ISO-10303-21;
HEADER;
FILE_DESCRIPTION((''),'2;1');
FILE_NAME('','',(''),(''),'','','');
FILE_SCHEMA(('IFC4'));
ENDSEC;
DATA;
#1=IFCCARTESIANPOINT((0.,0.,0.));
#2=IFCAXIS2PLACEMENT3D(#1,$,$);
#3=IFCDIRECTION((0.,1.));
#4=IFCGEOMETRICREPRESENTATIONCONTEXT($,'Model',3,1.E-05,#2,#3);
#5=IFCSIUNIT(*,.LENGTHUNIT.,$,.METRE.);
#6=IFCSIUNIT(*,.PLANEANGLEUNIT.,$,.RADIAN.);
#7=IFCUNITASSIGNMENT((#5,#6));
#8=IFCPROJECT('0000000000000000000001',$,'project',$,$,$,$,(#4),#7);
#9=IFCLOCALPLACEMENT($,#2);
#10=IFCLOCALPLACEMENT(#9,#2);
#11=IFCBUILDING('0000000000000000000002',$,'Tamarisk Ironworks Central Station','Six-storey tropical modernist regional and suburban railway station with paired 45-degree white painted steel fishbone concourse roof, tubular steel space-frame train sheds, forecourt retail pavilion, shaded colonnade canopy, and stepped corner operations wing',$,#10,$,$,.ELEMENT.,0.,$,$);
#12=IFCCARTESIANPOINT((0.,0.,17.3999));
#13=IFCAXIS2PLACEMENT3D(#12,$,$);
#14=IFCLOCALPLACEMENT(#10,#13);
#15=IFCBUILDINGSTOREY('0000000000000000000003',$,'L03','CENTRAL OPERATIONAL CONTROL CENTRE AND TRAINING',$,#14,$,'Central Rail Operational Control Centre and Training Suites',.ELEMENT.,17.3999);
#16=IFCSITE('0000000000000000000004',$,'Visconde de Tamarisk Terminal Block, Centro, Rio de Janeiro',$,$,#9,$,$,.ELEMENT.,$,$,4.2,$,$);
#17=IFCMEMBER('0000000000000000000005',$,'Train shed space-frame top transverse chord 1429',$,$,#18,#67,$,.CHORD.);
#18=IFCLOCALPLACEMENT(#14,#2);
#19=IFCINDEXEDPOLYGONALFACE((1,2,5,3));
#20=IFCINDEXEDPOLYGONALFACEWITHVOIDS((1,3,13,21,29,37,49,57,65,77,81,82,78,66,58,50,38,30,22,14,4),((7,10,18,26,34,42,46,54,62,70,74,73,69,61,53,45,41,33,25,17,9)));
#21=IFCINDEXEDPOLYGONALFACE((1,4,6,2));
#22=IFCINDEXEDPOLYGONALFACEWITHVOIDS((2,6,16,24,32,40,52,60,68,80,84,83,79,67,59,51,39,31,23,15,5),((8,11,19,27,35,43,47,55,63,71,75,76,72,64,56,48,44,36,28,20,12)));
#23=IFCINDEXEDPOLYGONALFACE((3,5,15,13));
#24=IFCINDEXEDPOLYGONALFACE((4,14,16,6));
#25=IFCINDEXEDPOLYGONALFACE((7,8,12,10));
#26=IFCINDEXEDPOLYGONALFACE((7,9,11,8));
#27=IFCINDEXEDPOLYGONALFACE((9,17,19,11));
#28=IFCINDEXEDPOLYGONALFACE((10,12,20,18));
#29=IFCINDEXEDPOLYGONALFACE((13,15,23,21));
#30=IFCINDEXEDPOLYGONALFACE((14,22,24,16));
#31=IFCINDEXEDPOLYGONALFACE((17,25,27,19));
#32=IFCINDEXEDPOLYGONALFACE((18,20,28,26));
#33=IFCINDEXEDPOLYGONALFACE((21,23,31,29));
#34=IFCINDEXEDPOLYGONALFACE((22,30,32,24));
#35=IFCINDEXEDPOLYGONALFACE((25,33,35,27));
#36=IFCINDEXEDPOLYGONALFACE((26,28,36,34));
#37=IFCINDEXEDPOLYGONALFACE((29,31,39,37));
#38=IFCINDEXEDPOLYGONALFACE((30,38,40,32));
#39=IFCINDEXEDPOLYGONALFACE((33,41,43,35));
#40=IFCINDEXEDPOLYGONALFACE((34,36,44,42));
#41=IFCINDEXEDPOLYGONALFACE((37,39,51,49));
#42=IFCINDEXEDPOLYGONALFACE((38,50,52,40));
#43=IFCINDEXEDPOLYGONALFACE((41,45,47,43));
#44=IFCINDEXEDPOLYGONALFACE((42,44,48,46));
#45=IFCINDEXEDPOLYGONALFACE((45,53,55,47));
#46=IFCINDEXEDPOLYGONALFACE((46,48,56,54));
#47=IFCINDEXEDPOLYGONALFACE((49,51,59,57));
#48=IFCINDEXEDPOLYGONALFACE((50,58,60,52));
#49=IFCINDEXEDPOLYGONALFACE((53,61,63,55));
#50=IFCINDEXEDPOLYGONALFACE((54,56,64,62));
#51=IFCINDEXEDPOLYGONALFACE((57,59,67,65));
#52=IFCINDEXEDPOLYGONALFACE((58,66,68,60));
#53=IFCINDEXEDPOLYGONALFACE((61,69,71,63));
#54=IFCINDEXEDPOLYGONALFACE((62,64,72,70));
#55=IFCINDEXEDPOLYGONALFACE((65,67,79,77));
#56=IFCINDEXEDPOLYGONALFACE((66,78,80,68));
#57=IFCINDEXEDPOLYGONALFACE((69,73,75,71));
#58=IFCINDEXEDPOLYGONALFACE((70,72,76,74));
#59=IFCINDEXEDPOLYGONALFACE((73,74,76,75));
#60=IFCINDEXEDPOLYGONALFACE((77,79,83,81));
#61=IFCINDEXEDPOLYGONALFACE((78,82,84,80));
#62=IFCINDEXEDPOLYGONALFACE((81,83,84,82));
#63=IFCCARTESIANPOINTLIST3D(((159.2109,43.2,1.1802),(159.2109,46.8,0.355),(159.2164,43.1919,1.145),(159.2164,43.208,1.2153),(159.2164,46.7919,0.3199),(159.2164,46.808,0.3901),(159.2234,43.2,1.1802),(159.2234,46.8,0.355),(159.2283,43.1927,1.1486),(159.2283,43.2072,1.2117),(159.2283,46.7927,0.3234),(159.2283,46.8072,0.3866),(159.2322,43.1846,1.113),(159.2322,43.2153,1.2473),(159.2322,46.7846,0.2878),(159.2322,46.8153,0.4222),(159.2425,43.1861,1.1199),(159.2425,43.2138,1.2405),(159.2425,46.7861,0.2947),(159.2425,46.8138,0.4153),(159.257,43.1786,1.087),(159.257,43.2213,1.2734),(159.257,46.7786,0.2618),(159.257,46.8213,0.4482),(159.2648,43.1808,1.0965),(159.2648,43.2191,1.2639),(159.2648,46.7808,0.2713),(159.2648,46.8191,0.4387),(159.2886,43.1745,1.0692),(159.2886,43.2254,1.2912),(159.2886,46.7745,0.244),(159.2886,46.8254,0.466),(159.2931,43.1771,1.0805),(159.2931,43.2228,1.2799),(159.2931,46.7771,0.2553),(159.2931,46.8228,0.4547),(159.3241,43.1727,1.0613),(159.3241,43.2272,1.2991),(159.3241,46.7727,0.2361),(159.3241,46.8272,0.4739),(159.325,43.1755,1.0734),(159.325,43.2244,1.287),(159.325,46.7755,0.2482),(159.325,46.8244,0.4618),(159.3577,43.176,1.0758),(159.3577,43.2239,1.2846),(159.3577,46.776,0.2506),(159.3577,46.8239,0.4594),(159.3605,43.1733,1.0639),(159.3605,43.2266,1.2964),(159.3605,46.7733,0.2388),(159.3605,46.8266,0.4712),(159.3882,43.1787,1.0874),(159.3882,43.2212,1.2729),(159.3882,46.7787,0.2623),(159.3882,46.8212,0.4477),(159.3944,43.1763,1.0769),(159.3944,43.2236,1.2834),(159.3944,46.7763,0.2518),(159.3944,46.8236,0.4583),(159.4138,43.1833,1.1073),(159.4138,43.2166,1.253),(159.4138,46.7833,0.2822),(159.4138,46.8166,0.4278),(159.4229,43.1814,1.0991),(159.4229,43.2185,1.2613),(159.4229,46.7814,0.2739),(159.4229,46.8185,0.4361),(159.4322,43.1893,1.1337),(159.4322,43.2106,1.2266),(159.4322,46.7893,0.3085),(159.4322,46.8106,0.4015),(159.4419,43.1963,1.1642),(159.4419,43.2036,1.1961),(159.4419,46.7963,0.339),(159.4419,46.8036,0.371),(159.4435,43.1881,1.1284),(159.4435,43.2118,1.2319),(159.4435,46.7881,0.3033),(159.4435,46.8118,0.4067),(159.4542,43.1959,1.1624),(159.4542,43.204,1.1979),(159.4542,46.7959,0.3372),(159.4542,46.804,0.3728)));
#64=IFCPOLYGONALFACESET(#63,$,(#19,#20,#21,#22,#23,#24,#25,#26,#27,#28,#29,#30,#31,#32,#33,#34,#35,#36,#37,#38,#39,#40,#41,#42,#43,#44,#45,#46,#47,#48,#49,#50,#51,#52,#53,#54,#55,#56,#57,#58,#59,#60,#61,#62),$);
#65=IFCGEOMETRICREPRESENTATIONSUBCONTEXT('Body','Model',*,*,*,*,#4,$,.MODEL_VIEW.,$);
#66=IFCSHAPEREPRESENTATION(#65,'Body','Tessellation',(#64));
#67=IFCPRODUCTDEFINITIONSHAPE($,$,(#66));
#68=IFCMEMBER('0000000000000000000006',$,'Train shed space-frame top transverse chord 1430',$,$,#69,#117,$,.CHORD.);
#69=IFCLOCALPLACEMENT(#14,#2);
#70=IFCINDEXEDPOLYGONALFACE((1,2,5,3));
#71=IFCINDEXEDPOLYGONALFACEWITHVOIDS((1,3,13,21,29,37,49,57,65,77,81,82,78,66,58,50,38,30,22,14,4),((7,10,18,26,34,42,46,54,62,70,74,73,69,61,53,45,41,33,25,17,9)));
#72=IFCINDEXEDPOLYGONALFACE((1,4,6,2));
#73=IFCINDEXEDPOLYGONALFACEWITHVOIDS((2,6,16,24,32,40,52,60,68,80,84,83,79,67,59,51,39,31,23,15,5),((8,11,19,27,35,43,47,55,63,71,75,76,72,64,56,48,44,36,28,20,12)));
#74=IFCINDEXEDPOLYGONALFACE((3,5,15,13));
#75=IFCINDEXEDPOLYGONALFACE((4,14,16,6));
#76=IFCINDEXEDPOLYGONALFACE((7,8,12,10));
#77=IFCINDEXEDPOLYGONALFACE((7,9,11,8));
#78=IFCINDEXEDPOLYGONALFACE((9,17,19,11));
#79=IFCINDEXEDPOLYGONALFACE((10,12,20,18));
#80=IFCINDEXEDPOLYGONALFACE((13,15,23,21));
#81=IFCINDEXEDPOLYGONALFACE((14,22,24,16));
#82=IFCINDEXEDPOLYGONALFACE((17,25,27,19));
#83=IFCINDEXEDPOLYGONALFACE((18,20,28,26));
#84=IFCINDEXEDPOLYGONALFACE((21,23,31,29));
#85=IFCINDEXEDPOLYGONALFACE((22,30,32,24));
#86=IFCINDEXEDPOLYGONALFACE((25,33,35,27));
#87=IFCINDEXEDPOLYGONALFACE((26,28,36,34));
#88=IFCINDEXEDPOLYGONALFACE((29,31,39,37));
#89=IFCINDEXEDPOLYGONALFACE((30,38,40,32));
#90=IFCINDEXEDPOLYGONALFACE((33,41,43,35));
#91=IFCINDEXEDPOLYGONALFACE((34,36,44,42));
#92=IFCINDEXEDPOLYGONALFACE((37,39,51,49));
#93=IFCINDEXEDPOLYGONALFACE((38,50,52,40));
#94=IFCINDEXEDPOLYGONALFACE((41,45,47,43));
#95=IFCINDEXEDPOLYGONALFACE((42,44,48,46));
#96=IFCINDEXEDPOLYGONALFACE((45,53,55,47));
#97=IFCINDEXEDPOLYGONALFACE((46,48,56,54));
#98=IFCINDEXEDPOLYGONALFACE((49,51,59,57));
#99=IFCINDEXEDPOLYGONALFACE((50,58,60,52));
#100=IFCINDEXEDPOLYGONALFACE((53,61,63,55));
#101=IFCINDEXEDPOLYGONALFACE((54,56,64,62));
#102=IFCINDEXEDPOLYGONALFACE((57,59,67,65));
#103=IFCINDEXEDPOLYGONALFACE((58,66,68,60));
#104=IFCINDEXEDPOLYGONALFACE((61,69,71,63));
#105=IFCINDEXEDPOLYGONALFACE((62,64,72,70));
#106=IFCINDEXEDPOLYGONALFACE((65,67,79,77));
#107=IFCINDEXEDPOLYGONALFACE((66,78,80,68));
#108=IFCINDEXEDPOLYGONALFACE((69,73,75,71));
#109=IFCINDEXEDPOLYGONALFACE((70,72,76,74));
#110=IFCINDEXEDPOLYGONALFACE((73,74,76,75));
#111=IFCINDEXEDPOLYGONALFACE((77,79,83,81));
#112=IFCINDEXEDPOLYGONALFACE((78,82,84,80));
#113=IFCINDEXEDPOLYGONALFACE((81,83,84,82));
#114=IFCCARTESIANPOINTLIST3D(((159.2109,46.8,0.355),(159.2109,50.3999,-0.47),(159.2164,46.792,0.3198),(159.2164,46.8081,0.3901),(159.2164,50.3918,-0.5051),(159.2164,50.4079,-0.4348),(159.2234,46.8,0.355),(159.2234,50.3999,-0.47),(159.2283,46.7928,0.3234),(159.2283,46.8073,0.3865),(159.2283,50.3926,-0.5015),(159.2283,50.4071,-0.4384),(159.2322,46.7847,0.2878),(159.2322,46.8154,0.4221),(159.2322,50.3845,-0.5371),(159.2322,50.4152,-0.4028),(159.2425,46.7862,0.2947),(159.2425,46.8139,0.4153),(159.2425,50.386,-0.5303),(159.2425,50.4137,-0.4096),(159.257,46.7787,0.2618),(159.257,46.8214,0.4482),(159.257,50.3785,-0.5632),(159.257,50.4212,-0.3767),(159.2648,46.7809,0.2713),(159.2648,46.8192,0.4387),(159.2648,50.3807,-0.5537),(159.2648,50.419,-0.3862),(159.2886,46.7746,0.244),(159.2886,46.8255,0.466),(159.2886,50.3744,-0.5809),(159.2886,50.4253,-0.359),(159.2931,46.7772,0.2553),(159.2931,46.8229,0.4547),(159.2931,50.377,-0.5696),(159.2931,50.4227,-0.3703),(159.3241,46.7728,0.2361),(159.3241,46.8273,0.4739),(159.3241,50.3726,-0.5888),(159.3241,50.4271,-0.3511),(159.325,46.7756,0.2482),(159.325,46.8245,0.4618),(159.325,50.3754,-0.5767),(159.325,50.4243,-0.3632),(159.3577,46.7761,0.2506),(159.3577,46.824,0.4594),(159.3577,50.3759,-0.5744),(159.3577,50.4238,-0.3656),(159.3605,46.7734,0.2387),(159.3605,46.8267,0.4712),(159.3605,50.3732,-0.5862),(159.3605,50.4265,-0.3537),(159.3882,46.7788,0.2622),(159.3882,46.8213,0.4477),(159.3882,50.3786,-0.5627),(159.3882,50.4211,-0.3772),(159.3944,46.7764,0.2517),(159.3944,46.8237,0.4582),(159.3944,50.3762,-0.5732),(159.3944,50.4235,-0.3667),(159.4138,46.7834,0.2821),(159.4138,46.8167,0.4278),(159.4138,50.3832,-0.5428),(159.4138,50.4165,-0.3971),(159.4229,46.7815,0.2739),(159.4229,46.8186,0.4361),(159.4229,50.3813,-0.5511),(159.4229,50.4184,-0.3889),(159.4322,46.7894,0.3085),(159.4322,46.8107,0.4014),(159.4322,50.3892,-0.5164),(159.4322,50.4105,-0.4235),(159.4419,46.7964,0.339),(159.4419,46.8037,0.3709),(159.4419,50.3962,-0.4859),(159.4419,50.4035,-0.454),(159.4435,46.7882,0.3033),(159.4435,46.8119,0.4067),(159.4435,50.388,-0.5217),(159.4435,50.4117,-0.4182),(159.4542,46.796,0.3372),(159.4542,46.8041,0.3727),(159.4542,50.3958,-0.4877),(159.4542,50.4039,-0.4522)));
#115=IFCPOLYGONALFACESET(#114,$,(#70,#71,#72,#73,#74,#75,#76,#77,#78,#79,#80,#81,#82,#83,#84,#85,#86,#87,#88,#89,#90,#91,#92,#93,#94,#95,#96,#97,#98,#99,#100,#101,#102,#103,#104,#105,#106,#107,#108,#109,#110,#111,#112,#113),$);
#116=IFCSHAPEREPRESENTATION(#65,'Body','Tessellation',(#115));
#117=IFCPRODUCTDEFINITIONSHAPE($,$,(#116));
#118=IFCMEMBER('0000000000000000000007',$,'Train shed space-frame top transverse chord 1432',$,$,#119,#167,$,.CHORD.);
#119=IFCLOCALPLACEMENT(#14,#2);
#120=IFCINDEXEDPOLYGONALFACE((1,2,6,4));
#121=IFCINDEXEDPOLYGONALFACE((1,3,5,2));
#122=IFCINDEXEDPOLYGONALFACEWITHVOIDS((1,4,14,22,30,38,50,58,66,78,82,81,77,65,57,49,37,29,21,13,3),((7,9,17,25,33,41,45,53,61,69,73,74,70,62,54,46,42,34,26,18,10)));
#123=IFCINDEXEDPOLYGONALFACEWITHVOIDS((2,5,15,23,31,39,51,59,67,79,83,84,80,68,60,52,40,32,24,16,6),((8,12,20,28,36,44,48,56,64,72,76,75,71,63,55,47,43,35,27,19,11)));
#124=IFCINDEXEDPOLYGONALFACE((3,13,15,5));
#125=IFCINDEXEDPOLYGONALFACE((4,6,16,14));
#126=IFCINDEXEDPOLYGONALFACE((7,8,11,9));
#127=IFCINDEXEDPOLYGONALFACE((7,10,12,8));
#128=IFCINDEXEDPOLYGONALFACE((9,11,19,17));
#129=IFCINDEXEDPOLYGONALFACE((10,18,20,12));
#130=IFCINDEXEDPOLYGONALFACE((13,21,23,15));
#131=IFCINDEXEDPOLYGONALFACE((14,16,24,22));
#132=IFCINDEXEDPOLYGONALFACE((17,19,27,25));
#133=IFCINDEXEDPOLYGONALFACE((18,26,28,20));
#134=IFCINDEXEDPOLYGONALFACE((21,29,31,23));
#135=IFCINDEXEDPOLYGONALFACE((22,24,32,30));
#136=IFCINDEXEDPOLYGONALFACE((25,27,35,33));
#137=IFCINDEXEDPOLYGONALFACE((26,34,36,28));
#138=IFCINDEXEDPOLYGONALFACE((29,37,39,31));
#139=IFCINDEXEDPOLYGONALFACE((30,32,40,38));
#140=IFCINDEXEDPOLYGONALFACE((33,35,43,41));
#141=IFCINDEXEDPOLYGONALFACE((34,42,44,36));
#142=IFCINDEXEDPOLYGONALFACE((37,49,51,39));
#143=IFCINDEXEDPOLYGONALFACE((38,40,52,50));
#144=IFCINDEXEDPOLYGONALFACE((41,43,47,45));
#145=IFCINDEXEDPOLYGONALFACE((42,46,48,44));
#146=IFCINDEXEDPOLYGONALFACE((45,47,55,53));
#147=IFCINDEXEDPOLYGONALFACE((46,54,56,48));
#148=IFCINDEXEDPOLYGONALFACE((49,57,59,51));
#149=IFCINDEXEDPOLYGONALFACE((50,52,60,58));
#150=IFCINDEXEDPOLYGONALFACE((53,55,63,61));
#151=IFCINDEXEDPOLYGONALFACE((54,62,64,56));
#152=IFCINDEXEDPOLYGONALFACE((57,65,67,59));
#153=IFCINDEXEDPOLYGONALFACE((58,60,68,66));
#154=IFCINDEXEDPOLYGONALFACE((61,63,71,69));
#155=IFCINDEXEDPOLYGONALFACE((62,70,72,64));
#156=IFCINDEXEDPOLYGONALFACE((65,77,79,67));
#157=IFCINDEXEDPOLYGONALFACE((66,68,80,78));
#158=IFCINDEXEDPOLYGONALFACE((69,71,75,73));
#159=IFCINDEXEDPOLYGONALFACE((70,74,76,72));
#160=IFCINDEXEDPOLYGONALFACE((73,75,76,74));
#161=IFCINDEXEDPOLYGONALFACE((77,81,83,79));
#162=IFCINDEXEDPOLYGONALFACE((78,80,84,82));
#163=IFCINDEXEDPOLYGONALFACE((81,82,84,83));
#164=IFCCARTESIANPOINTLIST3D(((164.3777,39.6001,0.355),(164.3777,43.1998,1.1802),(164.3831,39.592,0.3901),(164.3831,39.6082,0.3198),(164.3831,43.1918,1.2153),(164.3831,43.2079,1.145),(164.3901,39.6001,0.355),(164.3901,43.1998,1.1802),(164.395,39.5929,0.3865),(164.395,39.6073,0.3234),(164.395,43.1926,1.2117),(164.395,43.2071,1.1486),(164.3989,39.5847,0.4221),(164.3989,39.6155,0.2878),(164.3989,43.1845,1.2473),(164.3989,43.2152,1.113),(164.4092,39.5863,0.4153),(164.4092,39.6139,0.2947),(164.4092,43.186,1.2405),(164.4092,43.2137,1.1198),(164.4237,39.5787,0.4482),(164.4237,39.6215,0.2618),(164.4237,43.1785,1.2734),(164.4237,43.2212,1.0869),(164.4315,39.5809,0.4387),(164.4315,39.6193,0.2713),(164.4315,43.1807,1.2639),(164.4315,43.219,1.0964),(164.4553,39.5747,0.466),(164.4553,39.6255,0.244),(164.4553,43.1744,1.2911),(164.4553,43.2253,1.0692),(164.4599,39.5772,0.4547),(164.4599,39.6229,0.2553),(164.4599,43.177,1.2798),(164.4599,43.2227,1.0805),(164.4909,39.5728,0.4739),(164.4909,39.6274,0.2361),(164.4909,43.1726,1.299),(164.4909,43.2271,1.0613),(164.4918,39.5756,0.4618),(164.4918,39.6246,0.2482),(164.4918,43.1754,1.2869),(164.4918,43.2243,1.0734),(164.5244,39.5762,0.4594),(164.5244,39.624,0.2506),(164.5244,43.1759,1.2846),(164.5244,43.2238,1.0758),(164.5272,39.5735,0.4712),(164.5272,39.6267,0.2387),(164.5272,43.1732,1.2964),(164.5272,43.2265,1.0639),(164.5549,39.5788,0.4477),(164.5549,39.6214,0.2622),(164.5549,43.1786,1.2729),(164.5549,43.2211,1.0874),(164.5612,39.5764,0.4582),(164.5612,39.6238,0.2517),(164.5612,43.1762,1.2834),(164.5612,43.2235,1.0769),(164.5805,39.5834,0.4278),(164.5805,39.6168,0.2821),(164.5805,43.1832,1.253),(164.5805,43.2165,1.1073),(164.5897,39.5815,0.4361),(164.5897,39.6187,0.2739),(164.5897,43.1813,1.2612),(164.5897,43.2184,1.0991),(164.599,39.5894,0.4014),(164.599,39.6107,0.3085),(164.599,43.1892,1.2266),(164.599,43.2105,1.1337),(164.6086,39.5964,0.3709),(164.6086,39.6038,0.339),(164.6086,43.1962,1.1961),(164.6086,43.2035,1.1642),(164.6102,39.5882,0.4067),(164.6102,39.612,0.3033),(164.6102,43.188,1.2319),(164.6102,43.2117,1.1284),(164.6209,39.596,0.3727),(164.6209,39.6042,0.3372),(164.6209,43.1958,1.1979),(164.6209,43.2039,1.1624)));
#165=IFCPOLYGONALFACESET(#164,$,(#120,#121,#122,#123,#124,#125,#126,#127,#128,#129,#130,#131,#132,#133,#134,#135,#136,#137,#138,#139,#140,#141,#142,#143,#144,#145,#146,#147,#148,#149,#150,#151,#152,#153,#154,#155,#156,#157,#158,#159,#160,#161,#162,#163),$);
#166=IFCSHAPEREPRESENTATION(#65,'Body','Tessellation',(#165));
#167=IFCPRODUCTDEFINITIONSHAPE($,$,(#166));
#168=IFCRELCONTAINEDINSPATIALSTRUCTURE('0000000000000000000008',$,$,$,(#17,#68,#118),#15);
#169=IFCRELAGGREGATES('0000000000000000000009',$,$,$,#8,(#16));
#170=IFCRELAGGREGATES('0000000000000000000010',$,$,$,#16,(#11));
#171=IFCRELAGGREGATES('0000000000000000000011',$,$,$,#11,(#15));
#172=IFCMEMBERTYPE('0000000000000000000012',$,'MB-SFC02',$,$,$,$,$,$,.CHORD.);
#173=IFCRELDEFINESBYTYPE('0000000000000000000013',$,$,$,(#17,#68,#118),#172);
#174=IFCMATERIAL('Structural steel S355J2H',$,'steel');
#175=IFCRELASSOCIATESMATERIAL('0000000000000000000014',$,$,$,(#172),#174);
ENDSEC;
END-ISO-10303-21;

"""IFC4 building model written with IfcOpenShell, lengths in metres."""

from ifc_helpers import new_model, si_unit, direction, frame, origin, origin_2d, place, context, subcontext, project, spatial, hollow_circle, extrude, material, material_profile, profile_set, type_object, element, save


model = new_model("IFC4")

# Units and contexts
model_context = context("Model", 3, precision=1e-05, world=origin(), true_north=direction((0.0, 1.0)))
body_context = subcontext(model_context, "Body", "Model", "MODEL_VIEW")
ifc_project = project(units=[si_unit("LENGTHUNIT", "METRE"), si_unit("PLANEANGLEUNIT", "RADIAN")], contexts=[model_context])

# Site, building, storey
site_placement = place(None, origin())
site = spatial("IfcSite", under=ifc_project, at=site_placement, Name="Visconde de Tamarisk Terminal Block, Centro, Rio de Janeiro", CompositionType="ELEMENT", RefElevation=4.2)
building_placement = place(site_placement, origin())
building = spatial("IfcBuilding", under=site, at=building_placement, Name="Tamarisk Ironworks Central Station", Description="Six-storey tropical modernist regional and suburban railway station with paired 45-degree white painted steel fishbone concourse roof, tubular steel space-frame train sheds, forecourt retail pavilion, shaded colonnade canopy, and stepped corner operations wing", CompositionType="ELEMENT", ElevationOfRefHeight=0.0)
storey_placement = place(building_placement, frame((0.0, 0.0, 17.3999)))
storey = spatial("IfcBuildingStorey", under=building, at=storey_placement, Name="L03", Description="CENTRAL OPERATIONAL CONTROL CENTRE AND TRAINING", LongName="Central Rail Operational Control Centre and Training Suites", CompositionType="ELEMENT", Elevation=17.3999)

# Members
ifc_material = material(Name="Structural steel S355J2H", Category="steel")
ifc_material_profile_1 = material_profile(ifc_material, hollow_circle(Radius=0.1223, WallThickness=0.0125, at=origin_2d()), Name="CHS 244.5x12.5")
ifc_profile_set_1 = profile_set([ifc_material_profile_1], Name="Structural steel S355J2H")
member_type_1 = type_object("IfcMemberType", Name="MB-SFC02", PredefinedType="CHORD", material=ifc_profile_set_1)
member_1_placement = place(storey_placement, frame((159.3333, 43.2, 1.1802), z_axis=(0.0, 0.974722, -0.223421), x_axis=(-1.0, 0.0, 0.0)))
element("IfcMember", 1, at=member_1_placement, inside=storey, type_object=member_type_1, Name="Train shed space-frame top transverse chord 1429", PredefinedType="CHORD", context=body_context, shape_type="SweptSolid", body=[
    extrude(hollow_circle(Radius=0.1223, WallThickness=0.0125, at=origin_2d()), origin(), (0.0, 0.0, 1.0), 3.6934),
])
for number, where, z_axis, x_axis, name in (
    (2, (159.3333, 46.8, 0.355), (0.0, 0.974733, -0.223372), (-1.0, 0.0, 0.0), "Train shed space-frame top transverse chord 1430"),
    (3, (164.5, 39.6001, 0.355), (0.0, 0.974719, 0.223435), (-1.0, 0.0, 0.0), "Train shed space-frame top transverse chord 1432"),
):
    element("IfcMember", number, at=place(storey_placement, frame(where, z_axis=z_axis, x_axis=x_axis)), inside=storey, type_object=member_type_1, Name=name, PredefinedType="CHORD", context=body_context, shape_type="SweptSolid", body=[
        extrude(hollow_circle(Radius=0.1223, WallThickness=0.0125, at=origin_2d()), origin(), (0.0, 0.0, 1.0), 3.6931),
    ])

save(model, "model.ifc")
